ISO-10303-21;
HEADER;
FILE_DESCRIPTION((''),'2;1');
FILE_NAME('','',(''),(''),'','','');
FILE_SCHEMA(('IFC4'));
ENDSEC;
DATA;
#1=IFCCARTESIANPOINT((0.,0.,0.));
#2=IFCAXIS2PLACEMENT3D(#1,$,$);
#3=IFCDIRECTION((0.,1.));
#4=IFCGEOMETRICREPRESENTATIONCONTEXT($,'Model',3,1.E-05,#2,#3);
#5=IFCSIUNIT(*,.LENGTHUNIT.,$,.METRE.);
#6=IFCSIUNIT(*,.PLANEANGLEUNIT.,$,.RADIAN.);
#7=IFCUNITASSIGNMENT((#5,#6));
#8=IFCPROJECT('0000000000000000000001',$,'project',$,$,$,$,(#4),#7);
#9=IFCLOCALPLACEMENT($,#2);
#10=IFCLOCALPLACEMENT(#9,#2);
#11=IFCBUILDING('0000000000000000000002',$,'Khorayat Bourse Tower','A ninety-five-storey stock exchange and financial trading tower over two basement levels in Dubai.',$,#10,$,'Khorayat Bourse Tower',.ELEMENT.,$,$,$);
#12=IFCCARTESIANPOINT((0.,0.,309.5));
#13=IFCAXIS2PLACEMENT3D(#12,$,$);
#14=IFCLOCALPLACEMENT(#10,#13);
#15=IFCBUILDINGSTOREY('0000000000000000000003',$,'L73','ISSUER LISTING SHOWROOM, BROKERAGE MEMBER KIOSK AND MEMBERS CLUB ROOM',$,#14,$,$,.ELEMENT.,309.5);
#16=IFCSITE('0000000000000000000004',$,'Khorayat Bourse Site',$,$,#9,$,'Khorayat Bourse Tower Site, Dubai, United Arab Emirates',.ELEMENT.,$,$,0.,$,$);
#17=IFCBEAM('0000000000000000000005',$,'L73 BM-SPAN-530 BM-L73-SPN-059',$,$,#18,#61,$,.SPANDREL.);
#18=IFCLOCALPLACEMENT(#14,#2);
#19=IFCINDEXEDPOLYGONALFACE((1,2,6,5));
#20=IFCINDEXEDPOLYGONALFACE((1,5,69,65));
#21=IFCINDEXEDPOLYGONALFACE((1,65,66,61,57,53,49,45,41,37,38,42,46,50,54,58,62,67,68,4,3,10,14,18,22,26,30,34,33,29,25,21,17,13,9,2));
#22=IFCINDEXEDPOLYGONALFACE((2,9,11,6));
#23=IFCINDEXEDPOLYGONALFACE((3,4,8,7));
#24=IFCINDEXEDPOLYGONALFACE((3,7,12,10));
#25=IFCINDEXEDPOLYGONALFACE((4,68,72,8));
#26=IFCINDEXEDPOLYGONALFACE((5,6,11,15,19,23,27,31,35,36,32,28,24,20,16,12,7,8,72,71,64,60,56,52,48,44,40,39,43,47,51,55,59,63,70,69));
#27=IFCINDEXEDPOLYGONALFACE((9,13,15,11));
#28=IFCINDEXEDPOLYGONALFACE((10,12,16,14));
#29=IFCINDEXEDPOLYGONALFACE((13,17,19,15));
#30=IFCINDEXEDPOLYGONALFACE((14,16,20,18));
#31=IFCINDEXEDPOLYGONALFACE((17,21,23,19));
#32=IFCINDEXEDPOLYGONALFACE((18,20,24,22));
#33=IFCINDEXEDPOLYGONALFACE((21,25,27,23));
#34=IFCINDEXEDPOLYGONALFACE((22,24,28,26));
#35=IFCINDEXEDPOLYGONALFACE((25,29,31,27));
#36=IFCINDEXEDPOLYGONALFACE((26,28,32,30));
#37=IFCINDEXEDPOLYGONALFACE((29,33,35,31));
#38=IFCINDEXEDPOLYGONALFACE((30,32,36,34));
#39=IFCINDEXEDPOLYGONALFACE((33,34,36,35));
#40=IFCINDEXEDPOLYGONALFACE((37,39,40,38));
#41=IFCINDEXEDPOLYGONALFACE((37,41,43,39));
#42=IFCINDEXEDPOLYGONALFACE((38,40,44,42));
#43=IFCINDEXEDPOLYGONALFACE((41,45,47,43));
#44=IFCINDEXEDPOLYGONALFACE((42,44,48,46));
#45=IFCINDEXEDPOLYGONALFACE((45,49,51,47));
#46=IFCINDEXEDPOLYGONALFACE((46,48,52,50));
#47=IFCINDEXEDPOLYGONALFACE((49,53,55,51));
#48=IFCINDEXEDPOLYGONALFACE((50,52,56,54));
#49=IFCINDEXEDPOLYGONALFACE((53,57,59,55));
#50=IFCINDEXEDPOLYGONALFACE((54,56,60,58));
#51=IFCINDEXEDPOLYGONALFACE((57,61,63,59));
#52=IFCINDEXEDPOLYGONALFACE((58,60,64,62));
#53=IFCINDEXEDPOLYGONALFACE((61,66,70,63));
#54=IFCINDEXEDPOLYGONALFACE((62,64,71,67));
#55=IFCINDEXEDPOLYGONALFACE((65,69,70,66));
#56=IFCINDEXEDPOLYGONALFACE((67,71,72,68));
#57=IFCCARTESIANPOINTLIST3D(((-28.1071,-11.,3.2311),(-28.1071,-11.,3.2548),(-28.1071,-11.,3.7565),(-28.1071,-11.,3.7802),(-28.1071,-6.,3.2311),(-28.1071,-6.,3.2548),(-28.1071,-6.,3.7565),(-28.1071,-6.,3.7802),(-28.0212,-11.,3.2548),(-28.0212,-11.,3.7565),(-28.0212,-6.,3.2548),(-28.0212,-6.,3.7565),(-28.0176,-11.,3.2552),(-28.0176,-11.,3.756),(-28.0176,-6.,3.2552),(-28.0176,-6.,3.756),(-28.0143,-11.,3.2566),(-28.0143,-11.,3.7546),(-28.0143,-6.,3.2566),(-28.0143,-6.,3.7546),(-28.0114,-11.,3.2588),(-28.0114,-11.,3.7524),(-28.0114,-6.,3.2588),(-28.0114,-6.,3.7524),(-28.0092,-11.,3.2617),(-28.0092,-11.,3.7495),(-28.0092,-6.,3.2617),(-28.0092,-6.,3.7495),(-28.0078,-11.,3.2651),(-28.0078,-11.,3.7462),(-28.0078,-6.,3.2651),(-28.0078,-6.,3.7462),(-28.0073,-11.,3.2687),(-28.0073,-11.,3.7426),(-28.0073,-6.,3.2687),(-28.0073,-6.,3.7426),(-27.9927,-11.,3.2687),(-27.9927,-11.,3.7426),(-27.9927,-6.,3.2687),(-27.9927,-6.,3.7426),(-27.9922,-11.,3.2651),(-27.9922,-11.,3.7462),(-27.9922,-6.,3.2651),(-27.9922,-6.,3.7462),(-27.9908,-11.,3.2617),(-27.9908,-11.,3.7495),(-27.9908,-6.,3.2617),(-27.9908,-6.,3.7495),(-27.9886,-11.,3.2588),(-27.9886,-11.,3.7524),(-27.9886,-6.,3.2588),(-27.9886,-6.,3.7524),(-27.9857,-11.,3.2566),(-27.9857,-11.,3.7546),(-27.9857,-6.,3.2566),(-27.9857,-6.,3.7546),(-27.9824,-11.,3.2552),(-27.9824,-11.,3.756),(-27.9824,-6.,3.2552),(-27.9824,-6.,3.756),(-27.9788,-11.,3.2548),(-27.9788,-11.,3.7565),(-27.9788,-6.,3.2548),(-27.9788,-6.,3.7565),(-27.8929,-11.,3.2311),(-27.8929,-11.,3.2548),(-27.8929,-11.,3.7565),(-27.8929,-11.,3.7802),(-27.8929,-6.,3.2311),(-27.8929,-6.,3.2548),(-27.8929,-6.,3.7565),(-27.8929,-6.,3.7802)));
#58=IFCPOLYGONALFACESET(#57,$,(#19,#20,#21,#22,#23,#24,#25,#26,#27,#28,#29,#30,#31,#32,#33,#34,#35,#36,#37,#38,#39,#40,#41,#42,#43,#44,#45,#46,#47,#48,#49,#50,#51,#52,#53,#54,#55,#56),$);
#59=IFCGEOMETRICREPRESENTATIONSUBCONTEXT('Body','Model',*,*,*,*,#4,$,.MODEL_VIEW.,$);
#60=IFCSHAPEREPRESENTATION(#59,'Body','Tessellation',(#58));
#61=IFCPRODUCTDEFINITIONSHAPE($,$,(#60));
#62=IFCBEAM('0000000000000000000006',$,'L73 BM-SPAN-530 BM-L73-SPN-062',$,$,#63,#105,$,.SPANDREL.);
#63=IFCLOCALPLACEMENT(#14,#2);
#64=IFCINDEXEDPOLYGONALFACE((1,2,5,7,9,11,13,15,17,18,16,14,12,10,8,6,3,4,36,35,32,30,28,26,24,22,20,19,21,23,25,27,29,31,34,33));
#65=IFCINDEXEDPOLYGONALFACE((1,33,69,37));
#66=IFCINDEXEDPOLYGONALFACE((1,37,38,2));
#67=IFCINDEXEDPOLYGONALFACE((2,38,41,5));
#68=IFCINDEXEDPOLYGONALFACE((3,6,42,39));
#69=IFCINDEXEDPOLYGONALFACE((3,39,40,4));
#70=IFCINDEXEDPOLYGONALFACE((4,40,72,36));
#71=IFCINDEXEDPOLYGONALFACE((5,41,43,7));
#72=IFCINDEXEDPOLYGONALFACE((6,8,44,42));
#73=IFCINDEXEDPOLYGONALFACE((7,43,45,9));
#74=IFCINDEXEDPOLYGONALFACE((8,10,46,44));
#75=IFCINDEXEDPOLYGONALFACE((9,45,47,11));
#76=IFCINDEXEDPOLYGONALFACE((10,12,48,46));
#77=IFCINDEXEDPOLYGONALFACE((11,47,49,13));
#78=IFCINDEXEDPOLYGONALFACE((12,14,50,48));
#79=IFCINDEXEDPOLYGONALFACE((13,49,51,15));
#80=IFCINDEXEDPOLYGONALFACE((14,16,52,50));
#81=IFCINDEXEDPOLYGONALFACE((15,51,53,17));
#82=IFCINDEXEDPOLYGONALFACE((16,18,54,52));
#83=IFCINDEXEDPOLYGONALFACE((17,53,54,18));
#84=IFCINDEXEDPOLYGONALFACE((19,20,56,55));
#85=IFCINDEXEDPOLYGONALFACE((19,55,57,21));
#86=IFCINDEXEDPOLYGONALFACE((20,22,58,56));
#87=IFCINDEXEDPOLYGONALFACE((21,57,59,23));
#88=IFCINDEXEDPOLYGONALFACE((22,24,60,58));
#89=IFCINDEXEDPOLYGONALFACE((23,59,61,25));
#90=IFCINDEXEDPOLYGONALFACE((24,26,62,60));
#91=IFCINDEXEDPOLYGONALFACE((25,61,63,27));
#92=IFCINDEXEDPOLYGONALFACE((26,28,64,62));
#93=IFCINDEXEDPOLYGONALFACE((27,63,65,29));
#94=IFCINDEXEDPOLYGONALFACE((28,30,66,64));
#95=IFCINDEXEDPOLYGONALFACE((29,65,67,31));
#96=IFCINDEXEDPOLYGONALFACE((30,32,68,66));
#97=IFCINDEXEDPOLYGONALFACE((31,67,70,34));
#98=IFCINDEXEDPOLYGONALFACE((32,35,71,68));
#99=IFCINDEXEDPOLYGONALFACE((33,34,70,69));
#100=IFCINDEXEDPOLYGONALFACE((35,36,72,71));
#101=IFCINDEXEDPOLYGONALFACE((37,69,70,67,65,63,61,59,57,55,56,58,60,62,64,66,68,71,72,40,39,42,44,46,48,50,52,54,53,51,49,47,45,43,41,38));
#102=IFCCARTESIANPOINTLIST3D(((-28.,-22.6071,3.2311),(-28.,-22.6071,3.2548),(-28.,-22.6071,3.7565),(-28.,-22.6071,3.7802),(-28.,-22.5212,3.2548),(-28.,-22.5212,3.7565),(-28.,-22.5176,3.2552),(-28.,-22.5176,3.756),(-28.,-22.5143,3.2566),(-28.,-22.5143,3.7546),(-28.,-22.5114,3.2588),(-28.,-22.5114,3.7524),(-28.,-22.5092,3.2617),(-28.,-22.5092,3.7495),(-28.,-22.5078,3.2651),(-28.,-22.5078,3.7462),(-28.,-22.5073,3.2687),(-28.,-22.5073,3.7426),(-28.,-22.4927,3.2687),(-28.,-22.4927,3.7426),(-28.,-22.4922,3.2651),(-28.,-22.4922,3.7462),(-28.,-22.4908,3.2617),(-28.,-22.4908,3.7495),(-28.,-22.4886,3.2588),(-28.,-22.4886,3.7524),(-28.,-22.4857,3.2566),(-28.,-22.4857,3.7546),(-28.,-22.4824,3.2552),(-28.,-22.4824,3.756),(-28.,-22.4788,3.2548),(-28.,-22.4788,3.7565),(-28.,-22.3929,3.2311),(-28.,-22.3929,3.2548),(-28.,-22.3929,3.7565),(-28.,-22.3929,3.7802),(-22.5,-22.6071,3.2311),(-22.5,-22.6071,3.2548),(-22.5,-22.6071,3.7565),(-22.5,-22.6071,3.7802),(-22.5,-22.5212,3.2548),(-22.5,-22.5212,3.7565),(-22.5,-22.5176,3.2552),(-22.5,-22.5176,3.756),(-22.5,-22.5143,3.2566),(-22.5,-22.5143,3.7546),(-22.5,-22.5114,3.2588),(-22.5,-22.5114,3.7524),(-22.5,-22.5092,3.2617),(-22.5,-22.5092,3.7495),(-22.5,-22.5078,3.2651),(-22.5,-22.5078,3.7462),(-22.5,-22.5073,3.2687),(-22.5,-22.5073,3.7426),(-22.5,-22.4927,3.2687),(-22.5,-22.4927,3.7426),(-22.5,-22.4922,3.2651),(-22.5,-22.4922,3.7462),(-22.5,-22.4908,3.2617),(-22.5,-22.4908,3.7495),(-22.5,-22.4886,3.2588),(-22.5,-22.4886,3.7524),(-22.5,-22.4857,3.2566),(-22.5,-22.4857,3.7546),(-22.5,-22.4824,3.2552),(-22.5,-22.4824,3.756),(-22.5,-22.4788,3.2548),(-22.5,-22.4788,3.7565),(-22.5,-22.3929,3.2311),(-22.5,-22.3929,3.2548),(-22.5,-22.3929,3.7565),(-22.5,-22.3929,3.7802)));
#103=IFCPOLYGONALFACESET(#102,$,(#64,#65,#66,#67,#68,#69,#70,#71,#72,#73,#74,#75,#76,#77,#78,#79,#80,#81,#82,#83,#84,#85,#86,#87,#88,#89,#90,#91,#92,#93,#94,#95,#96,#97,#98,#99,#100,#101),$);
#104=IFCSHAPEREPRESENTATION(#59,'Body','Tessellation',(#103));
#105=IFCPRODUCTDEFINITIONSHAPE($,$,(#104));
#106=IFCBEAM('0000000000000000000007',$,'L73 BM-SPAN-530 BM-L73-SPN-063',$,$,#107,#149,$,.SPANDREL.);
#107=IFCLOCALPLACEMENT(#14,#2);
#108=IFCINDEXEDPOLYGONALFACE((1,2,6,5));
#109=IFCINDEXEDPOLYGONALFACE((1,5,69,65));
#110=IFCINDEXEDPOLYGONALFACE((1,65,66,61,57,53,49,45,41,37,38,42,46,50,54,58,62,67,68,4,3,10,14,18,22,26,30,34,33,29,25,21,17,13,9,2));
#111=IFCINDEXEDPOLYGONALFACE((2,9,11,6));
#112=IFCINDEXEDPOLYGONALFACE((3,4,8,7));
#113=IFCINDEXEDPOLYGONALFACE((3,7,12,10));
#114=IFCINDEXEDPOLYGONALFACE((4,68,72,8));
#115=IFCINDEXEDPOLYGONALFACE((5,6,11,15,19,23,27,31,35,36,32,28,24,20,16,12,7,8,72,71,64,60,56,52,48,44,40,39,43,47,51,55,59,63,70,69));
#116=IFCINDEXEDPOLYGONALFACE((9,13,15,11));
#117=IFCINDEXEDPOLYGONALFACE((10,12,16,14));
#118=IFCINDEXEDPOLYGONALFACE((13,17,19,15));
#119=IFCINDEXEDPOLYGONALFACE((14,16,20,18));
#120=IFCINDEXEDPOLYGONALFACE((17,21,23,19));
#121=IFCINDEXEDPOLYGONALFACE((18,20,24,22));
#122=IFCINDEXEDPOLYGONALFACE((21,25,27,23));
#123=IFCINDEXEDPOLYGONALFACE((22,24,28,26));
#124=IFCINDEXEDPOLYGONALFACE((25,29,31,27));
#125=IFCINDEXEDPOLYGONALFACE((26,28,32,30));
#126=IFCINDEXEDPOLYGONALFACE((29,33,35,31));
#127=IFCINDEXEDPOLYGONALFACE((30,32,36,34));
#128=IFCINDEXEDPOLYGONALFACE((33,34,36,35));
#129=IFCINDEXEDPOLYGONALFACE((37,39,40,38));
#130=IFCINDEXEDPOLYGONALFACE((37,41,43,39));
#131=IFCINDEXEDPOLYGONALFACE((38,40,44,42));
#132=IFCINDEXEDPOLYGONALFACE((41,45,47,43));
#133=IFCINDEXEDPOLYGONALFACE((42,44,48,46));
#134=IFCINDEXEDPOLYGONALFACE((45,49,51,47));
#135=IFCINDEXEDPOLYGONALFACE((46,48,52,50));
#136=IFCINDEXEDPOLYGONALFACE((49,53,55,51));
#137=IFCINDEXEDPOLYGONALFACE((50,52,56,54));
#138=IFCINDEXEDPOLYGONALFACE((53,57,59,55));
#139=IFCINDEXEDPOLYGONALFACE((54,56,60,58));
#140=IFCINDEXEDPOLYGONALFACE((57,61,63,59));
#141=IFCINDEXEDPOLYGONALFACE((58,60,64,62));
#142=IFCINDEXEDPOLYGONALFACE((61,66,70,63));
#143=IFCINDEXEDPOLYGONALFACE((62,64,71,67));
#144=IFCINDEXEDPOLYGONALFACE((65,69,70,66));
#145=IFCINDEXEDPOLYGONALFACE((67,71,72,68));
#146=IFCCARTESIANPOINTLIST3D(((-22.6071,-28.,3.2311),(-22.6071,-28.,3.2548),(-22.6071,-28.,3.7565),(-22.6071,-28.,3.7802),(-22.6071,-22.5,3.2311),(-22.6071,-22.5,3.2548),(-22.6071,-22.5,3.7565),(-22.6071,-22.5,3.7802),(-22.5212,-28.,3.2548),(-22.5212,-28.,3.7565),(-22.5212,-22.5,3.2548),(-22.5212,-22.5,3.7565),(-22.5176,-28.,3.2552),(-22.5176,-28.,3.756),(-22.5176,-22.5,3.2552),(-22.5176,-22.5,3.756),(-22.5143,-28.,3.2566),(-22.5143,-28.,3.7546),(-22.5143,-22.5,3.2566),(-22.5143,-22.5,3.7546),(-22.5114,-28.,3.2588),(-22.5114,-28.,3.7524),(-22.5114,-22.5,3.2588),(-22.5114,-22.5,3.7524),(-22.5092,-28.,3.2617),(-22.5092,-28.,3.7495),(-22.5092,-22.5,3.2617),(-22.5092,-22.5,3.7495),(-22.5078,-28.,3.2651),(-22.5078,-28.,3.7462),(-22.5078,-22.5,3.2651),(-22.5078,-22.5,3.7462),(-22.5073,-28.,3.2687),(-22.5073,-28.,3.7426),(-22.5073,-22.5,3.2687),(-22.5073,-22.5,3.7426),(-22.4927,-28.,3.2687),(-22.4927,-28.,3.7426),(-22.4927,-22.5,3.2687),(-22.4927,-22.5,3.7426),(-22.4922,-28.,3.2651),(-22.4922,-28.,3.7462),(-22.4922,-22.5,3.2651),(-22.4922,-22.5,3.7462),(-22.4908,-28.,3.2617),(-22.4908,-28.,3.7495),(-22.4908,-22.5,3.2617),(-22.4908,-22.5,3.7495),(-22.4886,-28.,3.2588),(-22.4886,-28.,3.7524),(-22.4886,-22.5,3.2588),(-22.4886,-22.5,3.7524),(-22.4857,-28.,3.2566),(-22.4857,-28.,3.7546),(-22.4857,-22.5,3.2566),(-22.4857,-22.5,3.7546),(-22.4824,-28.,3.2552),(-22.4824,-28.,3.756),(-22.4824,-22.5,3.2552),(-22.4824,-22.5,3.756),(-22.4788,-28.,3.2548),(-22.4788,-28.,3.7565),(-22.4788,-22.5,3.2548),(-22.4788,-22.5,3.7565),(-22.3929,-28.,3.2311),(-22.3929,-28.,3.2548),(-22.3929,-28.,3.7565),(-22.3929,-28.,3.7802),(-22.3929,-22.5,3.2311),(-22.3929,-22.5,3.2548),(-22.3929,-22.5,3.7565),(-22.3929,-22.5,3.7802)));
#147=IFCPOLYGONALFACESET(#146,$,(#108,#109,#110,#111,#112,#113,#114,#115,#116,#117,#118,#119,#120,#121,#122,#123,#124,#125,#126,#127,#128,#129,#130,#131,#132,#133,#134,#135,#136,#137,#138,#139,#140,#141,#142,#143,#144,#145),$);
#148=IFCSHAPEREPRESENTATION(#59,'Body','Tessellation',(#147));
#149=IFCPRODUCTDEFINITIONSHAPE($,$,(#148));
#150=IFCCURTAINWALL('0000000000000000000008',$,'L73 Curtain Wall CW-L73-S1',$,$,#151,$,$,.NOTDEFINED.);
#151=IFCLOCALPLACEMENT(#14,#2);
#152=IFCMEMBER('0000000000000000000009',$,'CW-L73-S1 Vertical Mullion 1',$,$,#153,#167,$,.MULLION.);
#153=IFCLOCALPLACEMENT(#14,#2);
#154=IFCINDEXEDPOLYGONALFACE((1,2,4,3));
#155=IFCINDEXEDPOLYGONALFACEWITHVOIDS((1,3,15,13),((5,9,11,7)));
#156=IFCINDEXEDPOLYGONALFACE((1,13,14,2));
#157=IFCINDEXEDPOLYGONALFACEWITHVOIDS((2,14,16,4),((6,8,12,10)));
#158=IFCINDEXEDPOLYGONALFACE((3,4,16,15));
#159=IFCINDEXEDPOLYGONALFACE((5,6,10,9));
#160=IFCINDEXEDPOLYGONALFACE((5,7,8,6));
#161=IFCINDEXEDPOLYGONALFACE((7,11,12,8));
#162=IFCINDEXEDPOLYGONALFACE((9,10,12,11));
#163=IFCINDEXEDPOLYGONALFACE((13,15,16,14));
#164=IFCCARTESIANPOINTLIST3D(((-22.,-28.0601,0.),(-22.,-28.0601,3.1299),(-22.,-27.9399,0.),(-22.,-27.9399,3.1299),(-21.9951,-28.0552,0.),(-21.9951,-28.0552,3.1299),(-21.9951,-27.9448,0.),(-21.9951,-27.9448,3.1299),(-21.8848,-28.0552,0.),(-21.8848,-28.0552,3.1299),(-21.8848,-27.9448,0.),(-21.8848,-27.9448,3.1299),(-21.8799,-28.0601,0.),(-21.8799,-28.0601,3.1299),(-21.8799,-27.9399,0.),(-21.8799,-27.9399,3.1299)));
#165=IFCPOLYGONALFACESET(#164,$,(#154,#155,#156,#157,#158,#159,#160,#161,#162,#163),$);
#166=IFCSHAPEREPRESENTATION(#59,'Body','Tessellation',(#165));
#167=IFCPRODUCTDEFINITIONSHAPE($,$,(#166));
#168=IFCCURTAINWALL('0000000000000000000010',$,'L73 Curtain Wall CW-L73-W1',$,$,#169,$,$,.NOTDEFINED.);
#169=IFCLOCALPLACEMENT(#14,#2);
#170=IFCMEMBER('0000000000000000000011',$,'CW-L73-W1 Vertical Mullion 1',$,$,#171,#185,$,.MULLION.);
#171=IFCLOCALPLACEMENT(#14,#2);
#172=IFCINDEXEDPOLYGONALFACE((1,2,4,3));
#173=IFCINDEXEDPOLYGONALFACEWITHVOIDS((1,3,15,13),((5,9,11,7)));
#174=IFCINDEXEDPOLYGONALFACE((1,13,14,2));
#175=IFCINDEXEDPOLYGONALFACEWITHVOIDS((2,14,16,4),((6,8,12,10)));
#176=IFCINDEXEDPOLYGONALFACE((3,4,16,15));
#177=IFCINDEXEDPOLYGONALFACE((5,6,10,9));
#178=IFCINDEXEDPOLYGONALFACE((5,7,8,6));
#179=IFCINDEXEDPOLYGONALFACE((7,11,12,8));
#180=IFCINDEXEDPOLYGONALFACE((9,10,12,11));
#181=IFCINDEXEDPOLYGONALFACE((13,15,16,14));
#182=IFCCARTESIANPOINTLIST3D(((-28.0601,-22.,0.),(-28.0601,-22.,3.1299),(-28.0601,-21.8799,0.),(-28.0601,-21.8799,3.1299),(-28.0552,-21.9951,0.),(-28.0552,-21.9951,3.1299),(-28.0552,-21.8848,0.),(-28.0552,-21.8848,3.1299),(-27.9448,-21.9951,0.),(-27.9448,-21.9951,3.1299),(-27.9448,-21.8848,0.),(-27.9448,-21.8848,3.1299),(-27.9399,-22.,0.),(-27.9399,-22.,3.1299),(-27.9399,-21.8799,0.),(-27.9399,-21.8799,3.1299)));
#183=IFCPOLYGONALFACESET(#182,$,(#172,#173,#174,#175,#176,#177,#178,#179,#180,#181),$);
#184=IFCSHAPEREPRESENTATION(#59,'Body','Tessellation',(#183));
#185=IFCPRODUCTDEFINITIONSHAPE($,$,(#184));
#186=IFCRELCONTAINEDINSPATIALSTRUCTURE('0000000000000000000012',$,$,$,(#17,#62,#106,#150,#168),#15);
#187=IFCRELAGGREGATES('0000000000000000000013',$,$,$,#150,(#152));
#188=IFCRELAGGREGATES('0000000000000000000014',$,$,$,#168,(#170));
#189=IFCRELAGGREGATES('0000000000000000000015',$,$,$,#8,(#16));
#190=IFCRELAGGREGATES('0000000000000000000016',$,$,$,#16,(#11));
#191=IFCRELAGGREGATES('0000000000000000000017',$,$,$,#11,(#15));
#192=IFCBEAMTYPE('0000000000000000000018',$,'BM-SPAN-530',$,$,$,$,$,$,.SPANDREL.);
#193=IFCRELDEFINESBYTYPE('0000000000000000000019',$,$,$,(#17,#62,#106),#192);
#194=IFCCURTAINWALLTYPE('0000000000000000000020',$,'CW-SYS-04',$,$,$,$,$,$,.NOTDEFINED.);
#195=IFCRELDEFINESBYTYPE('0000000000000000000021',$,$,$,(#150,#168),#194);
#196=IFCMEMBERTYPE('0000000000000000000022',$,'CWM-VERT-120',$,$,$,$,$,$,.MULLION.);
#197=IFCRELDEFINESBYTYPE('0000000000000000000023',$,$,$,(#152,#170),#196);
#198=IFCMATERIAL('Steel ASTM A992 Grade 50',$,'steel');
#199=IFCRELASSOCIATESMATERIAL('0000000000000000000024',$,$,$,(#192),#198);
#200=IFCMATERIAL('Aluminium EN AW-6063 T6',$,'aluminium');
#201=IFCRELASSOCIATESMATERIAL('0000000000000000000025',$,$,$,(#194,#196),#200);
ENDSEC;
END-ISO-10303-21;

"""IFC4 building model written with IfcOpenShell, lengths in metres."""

from ifc_helpers import new_model, si_unit, direction, frame, origin, origin_2d, place, context, subcontext, project, spatial, hollow_rectangle, i_section, extrude, source, transform, mapped, material, material_profile, profile_set, type_object, element, aggregate, save


model = new_model("IFC4")

# Units and contexts
model_context = context("Model", 3, precision=1e-05, world=origin(), true_north=direction((0.0, 1.0)))
body_context = subcontext(model_context, "Body", "Model", "MODEL_VIEW")
ifc_project = project(units=[si_unit("LENGTHUNIT", "METRE"), si_unit("PLANEANGLEUNIT", "RADIAN")], contexts=[model_context])

# Site, building, storey
site_placement = place(None, origin())
site = spatial("IfcSite", under=ifc_project, at=site_placement, Name="Khorayat Bourse Site", LongName="Khorayat Bourse Tower Site, Dubai, United Arab Emirates", CompositionType="ELEMENT", RefElevation=0.0)
building_placement = place(site_placement, origin())
building = spatial("IfcBuilding", under=site, at=building_placement, Name="Khorayat Bourse Tower", Description="A ninety-five-storey stock exchange and financial trading tower over two basement levels in Dubai.", LongName="Khorayat Bourse Tower", CompositionType="ELEMENT")
storey_placement = place(building_placement, frame((0.0, 0.0, 309.5)))
storey = spatial("IfcBuildingStorey", under=building, at=storey_placement, Name="L73", Description="ISSUER LISTING SHOWROOM, BROKERAGE MEMBER KIOSK AND MEMBERS CLUB ROOM", CompositionType="ELEMENT", Elevation=309.5)

# Beams
ifc_material_1 = material(Name="Steel ASTM A992 Grade 50", Category="steel")
ifc_material_profile_1 = material_profile(ifc_material_1, i_section(OverallWidth=0.2141, OverallDepth=0.5491, WebThickness=0.0146, FlangeThickness=0.0237, FilletRadius=0.0139, at=origin_2d()), Name="W530X138")
ifc_profile_set_1 = profile_set([ifc_material_profile_1], Name="Steel ASTM A992 Grade 50")
beam_type_1 = type_object("IfcBeamType", Name="BM-SPAN-530", PredefinedType="SPANDREL", material=ifc_profile_set_1)
shared_shape_1 = source(origin(), body_context, "Body", "SweptSolid", [
    extrude(i_section(OverallWidth=0.2141, OverallDepth=0.5491, WebThickness=0.0146, FlangeThickness=0.0237, FilletRadius=0.0139, at=origin_2d()), origin(), (0.0, 0.0, 1.0), 5.0),
])
beam_1_placement = place(storey_placement, frame((-28.0, -11.0, 3.5056), z_axis=(0.0, 1.0, 0.0), x_axis=(-1.0, 0.0, 0.0)))
element("IfcBeam", 1, at=beam_1_placement, inside=storey, type_object=beam_type_1, Name="L73 BM-SPAN-530 BM-L73-SPN-059", PredefinedType="SPANDREL", context=body_context, shape_type="MappedRepresentation", body=[
    mapped(shared_shape_1, transform((0.0, 0.0, 0.0), scale=1.0)),
])
shared_shape_2 = source(origin(), body_context, "Body", "SweptSolid", [
    extrude(i_section(OverallWidth=0.2141, OverallDepth=0.5491, WebThickness=0.0146, FlangeThickness=0.0237, FilletRadius=0.0139, at=origin_2d()), origin(), (0.0, 0.0, 1.0), 5.5),
])
for number, where, z_axis, x_axis, name in (
    (2, (-28.0, -22.5, 3.5056), (1.0, 0.0, 0.0), (0.0, 1.0, 0.0), "L73 BM-SPAN-530 BM-L73-SPN-062"),
    (3, (-22.5, -28.0, 3.5056), (0.0, 1.0, 0.0), (-1.0, 0.0, 0.0), "L73 BM-SPAN-530 BM-L73-SPN-063"),
):
    element("IfcBeam", number, at=place(storey_placement, frame(where, z_axis=z_axis, x_axis=x_axis)), inside=storey, type_object=beam_type_1, Name=name, PredefinedType="SPANDREL", context=body_context, shape_type="MappedRepresentation", body=[
        mapped(shared_shape_2, transform((0.0, 0.0, 0.0), scale=1.0)),
    ])

# Curtain wall, member
ifc_material_2 = material(Name="Aluminium EN AW-6063 T6", Category="aluminium")
curtain_wall_type = type_object("IfcCurtainWallType", Name="CW-SYS-04", PredefinedType="NOTDEFINED", material=ifc_material_2)
curtain_wall_1_placement = place(storey_placement, origin())
curtain_wall_1 = element("IfcCurtainWall", 4, at=curtain_wall_1_placement, inside=storey, type_object=curtain_wall_type, Name="L73 Curtain Wall CW-L73-S1", PredefinedType="NOTDEFINED")
ifc_material_profile_2 = material_profile(ifc_material_2, hollow_rectangle(XDim=0.1201, YDim=0.1201, WallThickness=0.0049, at=origin_2d()), Name="ALU 120x120x5")
ifc_profile_set_2 = profile_set([ifc_material_profile_2], Name="Aluminium EN AW-6063 T6")
member_type_1 = type_object("IfcMemberType", Name="CWM-VERT-120", PredefinedType="MULLION", material=ifc_profile_set_2)
shared_shape_3 = source(origin(), body_context, "Body", "SweptSolid", [
    extrude(hollow_rectangle(XDim=0.1201, YDim=0.1201, WallThickness=0.0049, at=origin_2d()), origin(), (0.0, 0.0, 1.0), 3.1299),
])
member_1_placement = place(storey_placement, frame((-21.9399, -28.0, 0.0), z_axis=(0.0, 0.0, 1.0), x_axis=(0.0, 1.0, 0.0)))
member_1 = element("IfcMember", 5, at=member_1_placement, type_object=member_type_1, Name="CW-L73-S1 Vertical Mullion 1", PredefinedType="MULLION", context=body_context, shape_type="MappedRepresentation", body=[
    mapped(shared_shape_3, transform((0.0, 0.0, 0.0), scale=1.0)),
])

# Curtain wall, member
curtain_wall_2_placement = place(storey_placement, origin())
curtain_wall_2 = element("IfcCurtainWall", 6, at=curtain_wall_2_placement, inside=storey, type_object=curtain_wall_type, Name="L73 Curtain Wall CW-L73-W1", PredefinedType="NOTDEFINED")
member_2_placement = place(storey_placement, frame((-28.0, -21.9399, 0.0), z_axis=(0.0, 0.0, 1.0), x_axis=(-1.0, 0.0, 0.0)))
member_2 = element("IfcMember", 7, at=member_2_placement, type_object=member_type_1, Name="CW-L73-W1 Vertical Mullion 1", PredefinedType="MULLION", context=body_context, shape_type="MappedRepresentation", body=[
    mapped(shared_shape_3, transform((0.0, 0.0, 0.0), scale=1.0)),
])

aggregate(curtain_wall_1, [member_1])
aggregate(curtain_wall_2, [member_2])

save(model, "model.ifc")
